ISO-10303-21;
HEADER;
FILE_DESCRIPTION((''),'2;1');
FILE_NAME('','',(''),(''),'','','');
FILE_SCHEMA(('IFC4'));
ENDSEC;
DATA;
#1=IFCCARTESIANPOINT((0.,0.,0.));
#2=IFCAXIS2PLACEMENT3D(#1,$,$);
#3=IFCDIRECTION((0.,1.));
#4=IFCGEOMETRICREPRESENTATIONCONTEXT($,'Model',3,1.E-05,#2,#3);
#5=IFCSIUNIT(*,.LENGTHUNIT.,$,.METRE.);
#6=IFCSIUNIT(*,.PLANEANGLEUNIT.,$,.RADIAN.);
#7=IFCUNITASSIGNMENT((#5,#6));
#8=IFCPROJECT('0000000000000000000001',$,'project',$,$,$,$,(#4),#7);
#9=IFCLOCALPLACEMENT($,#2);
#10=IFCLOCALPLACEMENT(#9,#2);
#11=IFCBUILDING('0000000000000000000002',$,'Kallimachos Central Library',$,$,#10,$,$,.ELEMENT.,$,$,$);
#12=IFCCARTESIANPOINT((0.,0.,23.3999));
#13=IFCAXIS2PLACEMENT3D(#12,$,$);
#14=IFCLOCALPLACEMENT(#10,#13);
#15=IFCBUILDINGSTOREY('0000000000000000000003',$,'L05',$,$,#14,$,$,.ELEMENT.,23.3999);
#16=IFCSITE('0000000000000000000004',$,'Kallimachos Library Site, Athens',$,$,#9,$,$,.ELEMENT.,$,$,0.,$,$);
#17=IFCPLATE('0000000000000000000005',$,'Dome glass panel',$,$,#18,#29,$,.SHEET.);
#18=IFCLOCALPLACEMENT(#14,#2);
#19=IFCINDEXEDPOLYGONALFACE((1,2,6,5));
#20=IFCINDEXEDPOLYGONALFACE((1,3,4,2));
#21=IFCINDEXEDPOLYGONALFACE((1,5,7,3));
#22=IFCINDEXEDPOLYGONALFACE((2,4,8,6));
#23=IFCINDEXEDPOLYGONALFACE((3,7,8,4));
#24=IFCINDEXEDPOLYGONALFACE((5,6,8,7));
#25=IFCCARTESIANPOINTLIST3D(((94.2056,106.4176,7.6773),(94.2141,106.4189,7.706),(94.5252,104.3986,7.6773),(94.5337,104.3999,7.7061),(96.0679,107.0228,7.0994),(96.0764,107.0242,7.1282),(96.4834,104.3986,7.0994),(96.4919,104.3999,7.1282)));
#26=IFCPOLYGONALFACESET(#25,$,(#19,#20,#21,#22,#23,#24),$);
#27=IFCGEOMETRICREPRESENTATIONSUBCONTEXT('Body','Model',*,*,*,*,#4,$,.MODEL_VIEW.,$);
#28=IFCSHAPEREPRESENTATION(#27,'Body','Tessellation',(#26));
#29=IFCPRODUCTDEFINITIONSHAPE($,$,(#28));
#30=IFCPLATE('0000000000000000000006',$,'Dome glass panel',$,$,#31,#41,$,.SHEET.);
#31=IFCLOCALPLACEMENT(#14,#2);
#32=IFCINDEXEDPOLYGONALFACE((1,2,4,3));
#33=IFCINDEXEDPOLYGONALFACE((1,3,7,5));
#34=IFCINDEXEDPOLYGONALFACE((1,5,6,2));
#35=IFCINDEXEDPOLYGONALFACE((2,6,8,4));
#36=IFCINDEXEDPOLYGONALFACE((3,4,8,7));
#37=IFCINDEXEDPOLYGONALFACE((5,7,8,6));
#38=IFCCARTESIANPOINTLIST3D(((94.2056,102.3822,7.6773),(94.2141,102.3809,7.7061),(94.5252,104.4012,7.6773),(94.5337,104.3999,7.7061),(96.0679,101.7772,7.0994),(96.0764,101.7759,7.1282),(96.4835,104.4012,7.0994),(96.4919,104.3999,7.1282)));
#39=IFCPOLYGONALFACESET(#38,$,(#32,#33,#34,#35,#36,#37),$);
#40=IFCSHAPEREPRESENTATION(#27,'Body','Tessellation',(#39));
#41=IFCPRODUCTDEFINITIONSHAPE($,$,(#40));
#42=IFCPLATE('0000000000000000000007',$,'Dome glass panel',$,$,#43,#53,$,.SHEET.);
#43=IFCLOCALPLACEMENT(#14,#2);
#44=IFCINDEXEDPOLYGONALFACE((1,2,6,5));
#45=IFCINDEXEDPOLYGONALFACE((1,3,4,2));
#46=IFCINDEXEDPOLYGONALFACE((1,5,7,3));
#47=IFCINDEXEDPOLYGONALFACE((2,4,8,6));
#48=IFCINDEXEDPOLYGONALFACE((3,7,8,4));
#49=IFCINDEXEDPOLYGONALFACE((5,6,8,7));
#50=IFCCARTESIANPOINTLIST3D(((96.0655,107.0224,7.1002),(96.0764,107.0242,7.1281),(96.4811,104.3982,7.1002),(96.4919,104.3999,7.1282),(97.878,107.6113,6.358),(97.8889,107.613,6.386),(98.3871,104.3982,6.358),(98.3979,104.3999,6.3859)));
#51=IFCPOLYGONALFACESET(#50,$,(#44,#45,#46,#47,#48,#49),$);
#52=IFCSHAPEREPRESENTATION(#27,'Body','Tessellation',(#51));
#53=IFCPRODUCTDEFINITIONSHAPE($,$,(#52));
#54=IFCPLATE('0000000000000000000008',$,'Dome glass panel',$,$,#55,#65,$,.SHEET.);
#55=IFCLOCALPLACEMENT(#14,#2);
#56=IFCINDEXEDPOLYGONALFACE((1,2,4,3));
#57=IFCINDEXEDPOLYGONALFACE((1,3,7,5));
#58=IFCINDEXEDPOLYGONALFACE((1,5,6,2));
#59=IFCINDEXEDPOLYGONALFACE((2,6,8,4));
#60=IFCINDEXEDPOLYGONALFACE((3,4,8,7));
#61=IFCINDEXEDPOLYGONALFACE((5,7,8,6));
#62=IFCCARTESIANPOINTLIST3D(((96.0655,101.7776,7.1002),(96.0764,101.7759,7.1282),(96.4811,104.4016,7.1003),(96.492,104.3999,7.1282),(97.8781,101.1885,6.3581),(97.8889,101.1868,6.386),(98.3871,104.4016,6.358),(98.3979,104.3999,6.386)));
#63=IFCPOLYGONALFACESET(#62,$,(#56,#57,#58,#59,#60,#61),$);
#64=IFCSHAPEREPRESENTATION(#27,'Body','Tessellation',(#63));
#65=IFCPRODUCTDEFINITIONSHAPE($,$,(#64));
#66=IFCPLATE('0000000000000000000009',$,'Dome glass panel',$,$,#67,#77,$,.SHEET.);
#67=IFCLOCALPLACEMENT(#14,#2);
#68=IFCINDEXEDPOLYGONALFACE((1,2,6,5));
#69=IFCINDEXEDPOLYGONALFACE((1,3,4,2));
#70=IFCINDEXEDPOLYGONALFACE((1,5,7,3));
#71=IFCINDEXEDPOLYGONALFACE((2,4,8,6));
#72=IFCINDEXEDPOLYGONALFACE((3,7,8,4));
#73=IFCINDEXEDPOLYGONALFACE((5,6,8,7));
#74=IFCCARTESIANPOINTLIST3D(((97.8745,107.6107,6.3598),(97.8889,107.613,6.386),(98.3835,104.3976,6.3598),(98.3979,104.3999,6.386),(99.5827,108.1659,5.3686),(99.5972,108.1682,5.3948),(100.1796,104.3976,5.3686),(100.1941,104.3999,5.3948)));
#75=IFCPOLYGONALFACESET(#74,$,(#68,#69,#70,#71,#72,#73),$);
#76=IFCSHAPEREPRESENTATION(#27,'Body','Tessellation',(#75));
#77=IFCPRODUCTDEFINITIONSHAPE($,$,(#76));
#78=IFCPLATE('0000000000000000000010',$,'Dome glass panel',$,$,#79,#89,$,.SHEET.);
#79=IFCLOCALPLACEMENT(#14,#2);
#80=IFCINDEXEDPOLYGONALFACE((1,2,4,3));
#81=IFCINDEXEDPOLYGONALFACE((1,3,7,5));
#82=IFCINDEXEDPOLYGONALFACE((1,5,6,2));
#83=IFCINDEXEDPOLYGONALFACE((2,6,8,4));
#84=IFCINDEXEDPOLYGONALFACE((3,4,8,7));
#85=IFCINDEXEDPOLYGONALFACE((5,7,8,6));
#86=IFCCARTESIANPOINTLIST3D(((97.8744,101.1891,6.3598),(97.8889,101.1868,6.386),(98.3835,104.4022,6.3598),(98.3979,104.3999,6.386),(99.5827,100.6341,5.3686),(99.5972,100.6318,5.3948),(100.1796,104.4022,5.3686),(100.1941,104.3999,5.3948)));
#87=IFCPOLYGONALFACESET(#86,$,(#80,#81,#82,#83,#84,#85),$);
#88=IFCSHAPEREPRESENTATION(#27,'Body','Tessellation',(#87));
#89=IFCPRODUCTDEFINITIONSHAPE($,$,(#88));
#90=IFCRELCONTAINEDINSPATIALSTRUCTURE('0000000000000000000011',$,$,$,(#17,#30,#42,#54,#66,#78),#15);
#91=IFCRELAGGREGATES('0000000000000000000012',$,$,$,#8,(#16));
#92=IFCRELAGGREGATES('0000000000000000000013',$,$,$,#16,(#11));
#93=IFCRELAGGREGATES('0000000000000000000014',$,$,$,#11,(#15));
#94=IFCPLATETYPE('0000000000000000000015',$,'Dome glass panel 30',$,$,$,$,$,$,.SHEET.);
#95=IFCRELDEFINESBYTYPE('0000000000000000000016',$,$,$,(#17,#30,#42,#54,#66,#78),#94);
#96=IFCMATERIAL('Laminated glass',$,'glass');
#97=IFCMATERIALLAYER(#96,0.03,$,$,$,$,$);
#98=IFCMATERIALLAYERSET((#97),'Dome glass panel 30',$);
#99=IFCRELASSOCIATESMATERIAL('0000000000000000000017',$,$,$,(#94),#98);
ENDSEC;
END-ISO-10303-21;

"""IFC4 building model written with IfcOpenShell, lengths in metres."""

from ifc_helpers import new_model, si_unit, direction, frame, origin, place, context, subcontext, project, spatial, polyline, outline, extrude, material, layer, layer_set, type_object, element, save


model = new_model("IFC4")

# Units and contexts
model_context = context("Model", 3, precision=1e-05, world=origin(), true_north=direction((0.0, 1.0)))
body_context = subcontext(model_context, "Body", "Model", "MODEL_VIEW")
ifc_project = project(units=[si_unit("LENGTHUNIT", "METRE"), si_unit("PLANEANGLEUNIT", "RADIAN")], contexts=[model_context])

# Site, building, storey
site_placement = place(None, origin())
site = spatial("IfcSite", under=ifc_project, at=site_placement, Name="Kallimachos Library Site, Athens", CompositionType="ELEMENT", RefElevation=0.0)
building_placement = place(site_placement, origin())
building = spatial("IfcBuilding", under=site, at=building_placement, Name="Kallimachos Central Library", CompositionType="ELEMENT")
storey_placement = place(building_placement, frame((0.0, 0.0, 23.3999)))
storey = spatial("IfcBuildingStorey", under=building, at=storey_placement, Name="L05", CompositionType="ELEMENT", Elevation=23.3999)

# Plates
ifc_material_1 = material(Name="Laminated glass", Category="glass")
ifc_layer = layer(ifc_material_1, 0.03)
ifc_layer_set = layer_set([ifc_layer], Name="Dome glass panel 30")
plate_type = type_object("IfcPlateType", Name="Dome glass panel 30", PredefinedType="SHEET", material=ifc_layer_set)
plate_1_placement = place(storey_placement, frame((94.5337, 104.3999, 7.7061), z_axis=(0.282759, 0.044765, 0.958146), x_axis=(0.959107, 0.0, -0.283042)))
element("IfcPlate", 1, at=plate_1_placement, inside=storey, type_object=plate_type, Name="Dome glass panel", PredefinedType="SHEET", context=body_context, shape_type="SweptSolid", body=[
    extrude(outline(polyline([(0.0, 0.0), (2.0417, 0.0), (1.6432, 2.6269), (-0.3065, 2.0211), (0.0, 0.0)])), origin(), (0.0, 0.0, -1.0), 0.03),
])
plate_2_placement = place(storey_placement, frame((94.2141, 102.3809, 7.7061), z_axis=(0.282761, -0.044768, 0.958145), x_axis=(0.912183, -0.296327, -0.283042)))
element("IfcPlate", 2, at=plate_2_placement, inside=storey, type_object=plate_type, Name="Dome glass panel", PredefinedType="SHEET", context=body_context, shape_type="SweptSolid", body=[
    extrude(outline(polyline([(0.0, 0.0), (2.0416, 0.0), (1.6431, 2.6267), (-0.3068, 2.021), (0.0, 0.0)])), origin(), (0.0, 0.0, -1.0), 0.03),
])
plate_3_placement = place(storey_placement, frame((96.4919, 104.3999, 7.1282), z_axis=(0.362277, 0.057379, 0.930303), x_axis=(0.931838, -0.000001, -0.362875)))
element("IfcPlate", 3, at=plate_3_placement, inside=storey, type_object=plate_type, Name="Dome glass panel", PredefinedType="SHEET", context=body_context, shape_type="SweptSolid", body=[
    extrude(outline(polyline([(0.0, 0.0), (2.0454, 0.0), (1.5711, 3.2184), (-0.3872, 2.6286), (0.0, 0.0)])), origin(), (0.0, 0.0, -1.0), 0.03),
])
plate_4_placement = place(storey_placement, frame((96.0764, 101.7759, 7.1282), z_axis=(0.362273, -0.057381, 0.930304), x_axis=(0.886206, -0.28804, -0.362867)))
element("IfcPlate", 4, at=plate_4_placement, inside=storey, type_object=plate_type, Name="Dome glass panel", PredefinedType="SHEET", context=body_context, shape_type="SweptSolid", body=[
    extrude(outline(polyline([(0.0, 0.0), (2.0453, 0.0), (1.5708, 3.2184), (-0.3876, 2.6283), (0.0, 0.0)])), origin(), (0.0, 0.0, -1.0), 0.03),
])
plate_5_placement = place(storey_placement, frame((98.3979, 104.3999, 6.386), z_axis=(0.481751, 0.076316, 0.872979), x_axis=(0.875532, 0.000001, -0.48316)))
element("IfcPlate", 5, at=plate_5_placement, inside=storey, type_object=plate_type, Name="Dome glass panel", PredefinedType="SHEET", context=body_context, shape_type="SweptSolid", body=[
    extrude(outline(polyline([(0.0, 0.0), (2.0515, 0.0), (1.5289, 3.7793), (-0.4457, 3.2225), (0.0, 0.0)])), origin(), (0.0, 0.0, -1.0), 0.03),
])
plate_6_placement = place(storey_placement, frame((97.8889, 101.1868, 6.386), z_axis=(0.481754, -0.076319, 0.872977), x_axis=(0.832691, -0.270503, -0.483171)))
element("IfcPlate", 6, at=plate_6_placement, inside=storey, type_object=plate_type, Name="Dome glass panel", PredefinedType="SHEET", context=body_context, shape_type="SweptSolid", body=[
    extrude(outline(polyline([(0.0, 0.0), (2.0515, 0.0), (1.5293, 3.7791), (-0.4453, 3.2226), (0.0, 0.0)])), origin(), (0.0, 0.0, -1.0), 0.03),
])

save(model, "model.ifc")
